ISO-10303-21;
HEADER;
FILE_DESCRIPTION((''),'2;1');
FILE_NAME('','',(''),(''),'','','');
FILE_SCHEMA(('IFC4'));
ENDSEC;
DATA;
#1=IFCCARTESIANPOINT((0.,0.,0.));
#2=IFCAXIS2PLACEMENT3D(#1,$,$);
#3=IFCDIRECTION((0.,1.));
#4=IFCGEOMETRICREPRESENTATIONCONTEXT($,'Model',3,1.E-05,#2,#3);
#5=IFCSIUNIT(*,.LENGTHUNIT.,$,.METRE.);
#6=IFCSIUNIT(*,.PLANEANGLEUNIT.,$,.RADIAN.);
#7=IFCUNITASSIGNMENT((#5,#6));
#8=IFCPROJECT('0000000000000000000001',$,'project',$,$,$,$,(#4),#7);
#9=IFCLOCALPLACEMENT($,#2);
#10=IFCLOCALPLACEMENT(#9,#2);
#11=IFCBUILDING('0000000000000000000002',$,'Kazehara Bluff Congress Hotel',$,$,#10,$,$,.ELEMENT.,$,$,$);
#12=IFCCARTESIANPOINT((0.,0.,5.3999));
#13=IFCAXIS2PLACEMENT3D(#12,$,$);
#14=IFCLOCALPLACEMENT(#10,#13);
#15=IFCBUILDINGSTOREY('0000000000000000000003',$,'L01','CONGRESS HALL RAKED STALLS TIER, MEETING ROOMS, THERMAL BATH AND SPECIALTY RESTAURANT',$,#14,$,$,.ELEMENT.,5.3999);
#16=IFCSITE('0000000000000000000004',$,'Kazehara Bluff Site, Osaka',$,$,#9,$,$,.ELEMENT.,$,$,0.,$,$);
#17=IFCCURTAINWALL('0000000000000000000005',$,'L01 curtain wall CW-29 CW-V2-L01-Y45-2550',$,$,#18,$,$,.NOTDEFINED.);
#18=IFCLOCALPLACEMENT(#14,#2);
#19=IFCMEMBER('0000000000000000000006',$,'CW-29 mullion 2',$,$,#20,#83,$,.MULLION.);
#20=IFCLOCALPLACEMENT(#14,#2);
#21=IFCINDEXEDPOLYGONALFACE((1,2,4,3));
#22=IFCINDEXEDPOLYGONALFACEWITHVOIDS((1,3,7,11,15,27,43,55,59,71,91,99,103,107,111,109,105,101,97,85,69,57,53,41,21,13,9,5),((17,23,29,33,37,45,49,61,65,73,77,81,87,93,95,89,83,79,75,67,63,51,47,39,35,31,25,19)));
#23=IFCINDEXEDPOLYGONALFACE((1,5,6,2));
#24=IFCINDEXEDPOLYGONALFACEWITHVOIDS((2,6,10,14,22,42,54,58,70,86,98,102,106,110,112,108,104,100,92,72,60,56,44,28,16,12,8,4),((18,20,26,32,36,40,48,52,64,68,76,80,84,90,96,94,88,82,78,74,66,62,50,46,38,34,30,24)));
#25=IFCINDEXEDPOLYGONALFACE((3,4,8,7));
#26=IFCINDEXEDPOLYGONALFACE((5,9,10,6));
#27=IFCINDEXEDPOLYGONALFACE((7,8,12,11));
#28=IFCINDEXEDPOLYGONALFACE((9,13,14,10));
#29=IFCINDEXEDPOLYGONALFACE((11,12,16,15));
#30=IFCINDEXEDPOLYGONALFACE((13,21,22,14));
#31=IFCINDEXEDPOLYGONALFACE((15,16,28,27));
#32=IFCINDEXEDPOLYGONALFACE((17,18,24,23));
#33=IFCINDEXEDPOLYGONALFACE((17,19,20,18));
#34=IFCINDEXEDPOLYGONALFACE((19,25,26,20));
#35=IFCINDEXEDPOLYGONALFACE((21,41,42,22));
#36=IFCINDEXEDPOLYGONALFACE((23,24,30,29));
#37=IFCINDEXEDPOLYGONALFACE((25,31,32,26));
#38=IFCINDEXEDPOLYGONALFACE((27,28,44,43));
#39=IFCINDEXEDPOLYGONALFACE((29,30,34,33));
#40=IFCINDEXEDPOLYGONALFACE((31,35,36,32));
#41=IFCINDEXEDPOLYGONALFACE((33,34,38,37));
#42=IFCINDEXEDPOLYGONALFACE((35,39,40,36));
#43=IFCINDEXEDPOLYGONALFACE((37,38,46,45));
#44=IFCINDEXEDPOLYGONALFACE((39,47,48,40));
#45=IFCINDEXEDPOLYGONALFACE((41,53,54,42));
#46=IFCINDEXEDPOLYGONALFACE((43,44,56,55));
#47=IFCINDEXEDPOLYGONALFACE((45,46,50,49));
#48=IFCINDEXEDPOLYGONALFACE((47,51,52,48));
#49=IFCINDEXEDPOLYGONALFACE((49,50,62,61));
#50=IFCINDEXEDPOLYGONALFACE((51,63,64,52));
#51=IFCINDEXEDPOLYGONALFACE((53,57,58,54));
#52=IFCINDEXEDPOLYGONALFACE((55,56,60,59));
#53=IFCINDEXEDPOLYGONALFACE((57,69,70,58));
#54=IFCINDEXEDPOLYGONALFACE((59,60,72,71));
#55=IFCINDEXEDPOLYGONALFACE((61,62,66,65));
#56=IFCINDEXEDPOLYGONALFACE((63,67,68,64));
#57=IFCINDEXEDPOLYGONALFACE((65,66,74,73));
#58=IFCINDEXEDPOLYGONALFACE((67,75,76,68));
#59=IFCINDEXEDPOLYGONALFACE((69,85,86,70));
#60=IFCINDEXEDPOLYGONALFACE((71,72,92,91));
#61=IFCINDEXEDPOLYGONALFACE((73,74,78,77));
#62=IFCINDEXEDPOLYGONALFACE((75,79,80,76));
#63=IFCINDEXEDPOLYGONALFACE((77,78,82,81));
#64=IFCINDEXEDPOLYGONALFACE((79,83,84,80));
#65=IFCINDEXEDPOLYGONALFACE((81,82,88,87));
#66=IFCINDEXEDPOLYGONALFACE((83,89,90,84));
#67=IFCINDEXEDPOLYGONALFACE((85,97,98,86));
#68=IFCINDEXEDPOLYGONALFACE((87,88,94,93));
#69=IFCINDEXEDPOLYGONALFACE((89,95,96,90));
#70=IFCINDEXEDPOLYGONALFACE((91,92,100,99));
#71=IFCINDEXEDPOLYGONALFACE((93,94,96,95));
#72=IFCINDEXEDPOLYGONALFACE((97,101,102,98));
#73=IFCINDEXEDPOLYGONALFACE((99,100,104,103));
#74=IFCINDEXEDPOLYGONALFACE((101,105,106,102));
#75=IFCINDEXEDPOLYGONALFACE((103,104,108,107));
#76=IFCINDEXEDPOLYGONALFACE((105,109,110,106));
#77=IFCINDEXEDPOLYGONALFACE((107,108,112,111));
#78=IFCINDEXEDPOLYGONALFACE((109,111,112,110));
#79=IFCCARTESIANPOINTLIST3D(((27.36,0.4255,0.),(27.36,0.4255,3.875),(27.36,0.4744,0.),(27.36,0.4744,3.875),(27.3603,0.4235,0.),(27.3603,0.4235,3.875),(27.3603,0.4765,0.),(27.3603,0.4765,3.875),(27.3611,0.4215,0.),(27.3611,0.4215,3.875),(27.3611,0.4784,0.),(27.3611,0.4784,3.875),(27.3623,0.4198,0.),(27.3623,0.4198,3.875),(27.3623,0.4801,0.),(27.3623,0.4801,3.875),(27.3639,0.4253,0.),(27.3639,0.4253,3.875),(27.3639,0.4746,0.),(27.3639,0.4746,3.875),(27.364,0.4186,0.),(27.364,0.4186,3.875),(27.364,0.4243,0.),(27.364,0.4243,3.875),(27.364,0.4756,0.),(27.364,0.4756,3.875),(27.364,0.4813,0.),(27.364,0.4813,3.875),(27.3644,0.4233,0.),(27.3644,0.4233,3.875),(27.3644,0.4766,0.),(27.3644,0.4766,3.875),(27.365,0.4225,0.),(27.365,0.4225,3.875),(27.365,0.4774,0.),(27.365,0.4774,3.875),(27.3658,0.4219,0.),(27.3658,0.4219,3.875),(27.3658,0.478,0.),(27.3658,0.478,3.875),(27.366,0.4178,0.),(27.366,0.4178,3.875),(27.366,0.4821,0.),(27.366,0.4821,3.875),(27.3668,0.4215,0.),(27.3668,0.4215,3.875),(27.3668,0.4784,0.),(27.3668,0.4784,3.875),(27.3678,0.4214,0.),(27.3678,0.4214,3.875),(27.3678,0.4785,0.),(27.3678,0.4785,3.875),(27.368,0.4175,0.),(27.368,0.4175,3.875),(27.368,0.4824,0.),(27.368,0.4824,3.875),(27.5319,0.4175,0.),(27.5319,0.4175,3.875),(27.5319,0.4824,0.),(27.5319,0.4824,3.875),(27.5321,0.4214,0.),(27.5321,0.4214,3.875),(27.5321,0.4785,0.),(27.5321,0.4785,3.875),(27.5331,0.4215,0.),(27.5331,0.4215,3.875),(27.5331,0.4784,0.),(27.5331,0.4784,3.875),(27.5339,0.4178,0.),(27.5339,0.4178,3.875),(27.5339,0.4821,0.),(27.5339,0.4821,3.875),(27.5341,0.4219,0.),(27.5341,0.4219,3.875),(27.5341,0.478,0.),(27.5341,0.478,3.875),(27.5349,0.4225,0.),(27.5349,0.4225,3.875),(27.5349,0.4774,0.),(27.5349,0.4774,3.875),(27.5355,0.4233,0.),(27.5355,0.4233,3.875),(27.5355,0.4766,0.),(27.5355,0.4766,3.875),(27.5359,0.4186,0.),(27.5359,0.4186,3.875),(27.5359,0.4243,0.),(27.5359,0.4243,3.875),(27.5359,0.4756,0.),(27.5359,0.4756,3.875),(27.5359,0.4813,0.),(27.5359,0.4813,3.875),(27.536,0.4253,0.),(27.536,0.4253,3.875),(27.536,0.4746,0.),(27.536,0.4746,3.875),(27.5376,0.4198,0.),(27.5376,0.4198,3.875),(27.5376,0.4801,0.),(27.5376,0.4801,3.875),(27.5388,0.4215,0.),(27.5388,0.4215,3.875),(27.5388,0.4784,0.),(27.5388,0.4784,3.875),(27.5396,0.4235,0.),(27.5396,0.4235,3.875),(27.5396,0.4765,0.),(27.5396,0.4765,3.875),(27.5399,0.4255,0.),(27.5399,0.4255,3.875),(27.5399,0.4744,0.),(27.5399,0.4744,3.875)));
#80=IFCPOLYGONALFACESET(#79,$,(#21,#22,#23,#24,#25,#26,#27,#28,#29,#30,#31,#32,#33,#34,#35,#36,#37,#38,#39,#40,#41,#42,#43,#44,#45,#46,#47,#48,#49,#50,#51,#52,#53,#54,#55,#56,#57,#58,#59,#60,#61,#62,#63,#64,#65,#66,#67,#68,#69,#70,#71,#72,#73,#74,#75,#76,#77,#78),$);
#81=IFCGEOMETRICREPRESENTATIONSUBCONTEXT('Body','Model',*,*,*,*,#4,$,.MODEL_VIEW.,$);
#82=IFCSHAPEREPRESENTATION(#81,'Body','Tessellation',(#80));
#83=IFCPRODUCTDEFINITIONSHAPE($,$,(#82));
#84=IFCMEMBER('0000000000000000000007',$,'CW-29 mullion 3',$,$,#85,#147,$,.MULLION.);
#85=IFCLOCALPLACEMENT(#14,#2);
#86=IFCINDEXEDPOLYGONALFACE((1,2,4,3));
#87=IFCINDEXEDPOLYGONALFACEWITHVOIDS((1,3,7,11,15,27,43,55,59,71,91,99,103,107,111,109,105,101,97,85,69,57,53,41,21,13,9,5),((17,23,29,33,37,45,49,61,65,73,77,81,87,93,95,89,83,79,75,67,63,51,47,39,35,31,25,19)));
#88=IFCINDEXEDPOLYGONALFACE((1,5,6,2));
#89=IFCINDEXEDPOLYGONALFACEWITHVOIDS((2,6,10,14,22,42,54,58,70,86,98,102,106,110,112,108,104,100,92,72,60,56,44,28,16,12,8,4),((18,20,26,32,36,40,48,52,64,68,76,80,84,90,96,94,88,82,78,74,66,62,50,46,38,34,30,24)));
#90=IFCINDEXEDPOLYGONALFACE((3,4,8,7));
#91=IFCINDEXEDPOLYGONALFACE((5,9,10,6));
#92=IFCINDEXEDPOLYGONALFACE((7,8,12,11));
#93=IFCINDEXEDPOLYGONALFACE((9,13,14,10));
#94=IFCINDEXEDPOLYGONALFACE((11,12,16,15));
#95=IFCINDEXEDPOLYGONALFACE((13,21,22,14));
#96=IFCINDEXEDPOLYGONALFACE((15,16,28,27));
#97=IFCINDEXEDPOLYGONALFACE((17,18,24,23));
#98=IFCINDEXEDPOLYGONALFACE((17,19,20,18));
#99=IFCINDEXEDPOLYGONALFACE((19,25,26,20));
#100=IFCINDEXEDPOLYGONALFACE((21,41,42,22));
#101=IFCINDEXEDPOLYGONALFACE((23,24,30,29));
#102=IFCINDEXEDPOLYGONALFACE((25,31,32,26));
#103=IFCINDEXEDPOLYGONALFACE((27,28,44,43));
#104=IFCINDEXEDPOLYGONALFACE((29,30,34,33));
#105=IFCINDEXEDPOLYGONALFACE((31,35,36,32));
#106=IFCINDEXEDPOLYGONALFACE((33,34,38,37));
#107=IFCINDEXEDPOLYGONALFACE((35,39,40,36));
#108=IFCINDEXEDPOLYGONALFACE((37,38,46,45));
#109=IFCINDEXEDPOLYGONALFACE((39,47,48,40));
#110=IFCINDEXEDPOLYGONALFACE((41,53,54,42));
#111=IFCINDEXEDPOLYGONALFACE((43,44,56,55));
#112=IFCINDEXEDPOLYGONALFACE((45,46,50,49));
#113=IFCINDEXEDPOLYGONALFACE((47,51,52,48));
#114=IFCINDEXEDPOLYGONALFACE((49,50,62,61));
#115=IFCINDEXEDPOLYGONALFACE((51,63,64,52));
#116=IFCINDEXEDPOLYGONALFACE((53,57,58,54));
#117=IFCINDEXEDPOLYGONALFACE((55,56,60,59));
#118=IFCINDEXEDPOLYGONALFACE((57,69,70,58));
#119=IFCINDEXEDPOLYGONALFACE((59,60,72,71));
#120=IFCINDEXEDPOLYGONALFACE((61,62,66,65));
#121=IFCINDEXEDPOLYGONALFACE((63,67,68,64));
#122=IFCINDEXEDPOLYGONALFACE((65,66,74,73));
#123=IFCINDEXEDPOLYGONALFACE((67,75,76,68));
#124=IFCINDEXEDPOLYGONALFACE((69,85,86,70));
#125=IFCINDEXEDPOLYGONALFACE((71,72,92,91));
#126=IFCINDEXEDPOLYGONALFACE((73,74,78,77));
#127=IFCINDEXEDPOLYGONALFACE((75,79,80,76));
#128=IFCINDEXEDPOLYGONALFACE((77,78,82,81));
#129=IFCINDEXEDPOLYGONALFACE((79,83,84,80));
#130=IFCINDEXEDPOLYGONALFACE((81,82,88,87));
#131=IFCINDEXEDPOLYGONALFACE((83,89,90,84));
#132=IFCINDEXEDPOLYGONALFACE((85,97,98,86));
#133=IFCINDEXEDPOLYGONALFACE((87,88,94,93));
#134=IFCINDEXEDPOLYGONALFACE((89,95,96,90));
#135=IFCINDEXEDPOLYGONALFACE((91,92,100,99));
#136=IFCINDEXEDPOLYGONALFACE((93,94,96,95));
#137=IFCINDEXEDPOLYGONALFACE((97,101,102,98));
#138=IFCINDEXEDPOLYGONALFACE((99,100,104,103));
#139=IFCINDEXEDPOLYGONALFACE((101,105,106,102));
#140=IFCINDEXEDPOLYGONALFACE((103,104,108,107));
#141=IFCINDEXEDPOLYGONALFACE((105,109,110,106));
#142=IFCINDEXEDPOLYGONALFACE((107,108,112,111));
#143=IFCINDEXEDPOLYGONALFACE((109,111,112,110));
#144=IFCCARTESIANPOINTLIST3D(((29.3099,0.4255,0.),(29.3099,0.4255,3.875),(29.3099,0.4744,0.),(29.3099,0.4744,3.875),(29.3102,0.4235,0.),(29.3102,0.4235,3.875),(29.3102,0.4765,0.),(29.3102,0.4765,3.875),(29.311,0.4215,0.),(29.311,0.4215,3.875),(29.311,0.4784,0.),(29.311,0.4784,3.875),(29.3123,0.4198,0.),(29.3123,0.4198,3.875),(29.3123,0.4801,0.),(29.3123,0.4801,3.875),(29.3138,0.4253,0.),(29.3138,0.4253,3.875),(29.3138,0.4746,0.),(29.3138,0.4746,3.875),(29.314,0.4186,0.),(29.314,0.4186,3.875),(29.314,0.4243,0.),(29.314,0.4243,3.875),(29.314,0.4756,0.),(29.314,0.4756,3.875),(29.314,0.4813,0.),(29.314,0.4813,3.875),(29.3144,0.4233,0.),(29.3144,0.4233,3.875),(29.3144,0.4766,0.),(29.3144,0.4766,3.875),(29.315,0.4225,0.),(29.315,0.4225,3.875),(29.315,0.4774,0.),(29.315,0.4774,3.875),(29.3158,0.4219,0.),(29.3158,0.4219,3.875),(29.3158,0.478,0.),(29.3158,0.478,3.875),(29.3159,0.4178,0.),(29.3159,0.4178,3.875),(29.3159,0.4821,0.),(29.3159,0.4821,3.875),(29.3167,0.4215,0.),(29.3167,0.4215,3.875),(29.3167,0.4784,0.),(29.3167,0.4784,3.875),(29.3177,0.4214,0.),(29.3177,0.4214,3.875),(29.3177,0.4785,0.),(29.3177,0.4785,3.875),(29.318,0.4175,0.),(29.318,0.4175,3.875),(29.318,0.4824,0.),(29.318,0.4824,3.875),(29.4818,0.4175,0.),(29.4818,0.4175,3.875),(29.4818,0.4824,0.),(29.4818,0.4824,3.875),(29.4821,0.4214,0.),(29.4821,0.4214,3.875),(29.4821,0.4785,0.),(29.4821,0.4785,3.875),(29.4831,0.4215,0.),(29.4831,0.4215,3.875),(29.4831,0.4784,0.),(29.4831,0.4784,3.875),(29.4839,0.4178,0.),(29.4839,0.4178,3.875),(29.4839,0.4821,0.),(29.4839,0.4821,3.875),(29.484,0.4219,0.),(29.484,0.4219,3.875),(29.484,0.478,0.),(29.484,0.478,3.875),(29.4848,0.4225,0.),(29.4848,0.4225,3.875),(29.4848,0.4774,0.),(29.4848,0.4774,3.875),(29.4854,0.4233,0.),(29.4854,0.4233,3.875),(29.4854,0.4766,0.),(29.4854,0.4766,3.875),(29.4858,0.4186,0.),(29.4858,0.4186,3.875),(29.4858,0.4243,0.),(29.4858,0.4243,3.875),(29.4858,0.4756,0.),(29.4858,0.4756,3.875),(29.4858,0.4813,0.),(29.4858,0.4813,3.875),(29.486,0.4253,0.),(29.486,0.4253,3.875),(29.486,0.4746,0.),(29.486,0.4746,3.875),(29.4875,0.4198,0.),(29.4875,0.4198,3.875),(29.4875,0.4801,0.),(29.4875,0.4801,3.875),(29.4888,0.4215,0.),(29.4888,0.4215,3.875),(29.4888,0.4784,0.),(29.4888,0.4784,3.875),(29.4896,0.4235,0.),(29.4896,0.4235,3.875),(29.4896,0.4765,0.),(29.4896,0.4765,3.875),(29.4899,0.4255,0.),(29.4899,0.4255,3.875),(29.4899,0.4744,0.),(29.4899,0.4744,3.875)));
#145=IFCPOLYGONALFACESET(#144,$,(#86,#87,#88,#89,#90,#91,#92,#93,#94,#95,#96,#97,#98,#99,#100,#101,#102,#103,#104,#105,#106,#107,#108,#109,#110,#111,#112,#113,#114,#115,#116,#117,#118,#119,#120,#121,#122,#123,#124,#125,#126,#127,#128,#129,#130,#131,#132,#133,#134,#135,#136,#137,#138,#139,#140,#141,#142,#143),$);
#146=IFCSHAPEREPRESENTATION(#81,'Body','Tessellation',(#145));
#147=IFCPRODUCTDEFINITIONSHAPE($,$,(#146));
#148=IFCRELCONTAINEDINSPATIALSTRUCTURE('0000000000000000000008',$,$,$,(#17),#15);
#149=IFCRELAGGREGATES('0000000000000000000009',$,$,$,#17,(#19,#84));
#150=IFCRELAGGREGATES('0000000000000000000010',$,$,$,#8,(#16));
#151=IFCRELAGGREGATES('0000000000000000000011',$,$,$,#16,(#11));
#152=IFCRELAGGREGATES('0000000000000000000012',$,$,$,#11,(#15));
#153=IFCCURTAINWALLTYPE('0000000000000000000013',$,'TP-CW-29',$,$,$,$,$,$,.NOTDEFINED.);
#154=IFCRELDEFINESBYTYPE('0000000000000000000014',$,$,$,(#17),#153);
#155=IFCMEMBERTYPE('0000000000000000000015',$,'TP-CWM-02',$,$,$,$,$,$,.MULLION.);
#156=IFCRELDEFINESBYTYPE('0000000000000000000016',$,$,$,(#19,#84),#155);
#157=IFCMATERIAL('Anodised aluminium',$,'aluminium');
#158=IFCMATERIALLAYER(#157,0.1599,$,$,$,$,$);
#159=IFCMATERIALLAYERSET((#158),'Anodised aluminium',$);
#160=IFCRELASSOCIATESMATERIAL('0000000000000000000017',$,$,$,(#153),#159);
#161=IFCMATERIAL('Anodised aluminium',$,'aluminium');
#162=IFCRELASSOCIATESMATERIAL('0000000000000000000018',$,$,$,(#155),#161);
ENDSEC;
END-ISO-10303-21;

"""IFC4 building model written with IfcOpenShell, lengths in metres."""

from ifc_helpers import new_model, si_unit, direction, frame, origin, origin_2d, place, context, subcontext, project, spatial, hollow_rectangle, extrude, material, layer, layer_set, material_profile, profile_set, type_object, element, aggregate, save


model = new_model("IFC4")

# Units and contexts
model_context = context("Model", 3, precision=1e-05, world=origin(), true_north=direction((0.0, 1.0)))
body_context = subcontext(model_context, "Body", "Model", "MODEL_VIEW")
ifc_project = project(units=[si_unit("LENGTHUNIT", "METRE"), si_unit("PLANEANGLEUNIT", "RADIAN")], contexts=[model_context])

# Site, building, storey
site_placement = place(None, origin())
site = spatial("IfcSite", under=ifc_project, at=site_placement, Name="Kazehara Bluff Site, Osaka", CompositionType="ELEMENT", RefElevation=0.0)
building_placement = place(site_placement, origin())
building = spatial("IfcBuilding", under=site, at=building_placement, Name="Kazehara Bluff Congress Hotel", CompositionType="ELEMENT")
storey_placement = place(building_placement, frame((0.0, 0.0, 5.3999)))
storey = spatial("IfcBuildingStorey", under=building, at=storey_placement, Name="L01", Description="CONGRESS HALL RAKED STALLS TIER, MEETING ROOMS, THERMAL BATH AND SPECIALTY RESTAURANT", CompositionType="ELEMENT", Elevation=5.3999)

# Curtain wall, members
ifc_material_1 = material(Name="Anodised aluminium", Category="aluminium")
ifc_layer_1 = layer(ifc_material_1, 0.1599)
ifc_layer_set_1 = layer_set([ifc_layer_1], Name="Anodised aluminium")
curtain_wall_type = type_object("IfcCurtainWallType", Name="TP-CW-29", PredefinedType="NOTDEFINED", material=ifc_layer_set_1)
curtain_wall_placement = place(storey_placement, origin())
curtain_wall = element("IfcCurtainWall", 1, at=curtain_wall_placement, inside=storey, type_object=curtain_wall_type, Name="L01 curtain wall CW-29 CW-V2-L01-Y45-2550", PredefinedType="NOTDEFINED")
ifc_material_2 = material(Name="Anodised aluminium", Category="aluminium")
ifc_material_profile_1 = material_profile(ifc_material_2, hollow_rectangle(XDim=0.0649, YDim=0.1799, WallThickness=0.0039, InnerFilletRadius=0.0039, OuterFilletRadius=0.0081, at=origin_2d()))
ifc_profile_set_1 = profile_set([ifc_material_profile_1], Name="Anodised aluminium")
member_type_1 = type_object("IfcMemberType", Name="TP-CWM-02", PredefinedType="MULLION", material=ifc_profile_set_1)
member_1_placement = place(storey_placement, frame((27.45, 0.45, 0.0), z_axis=(0.0, 0.0, 1.0), x_axis=(0.0, 1.0, 0.0)))
member_1 = element("IfcMember", 2, at=member_1_placement, type_object=member_type_1, Name="CW-29 mullion 2", PredefinedType="MULLION", context=body_context, shape_type="SweptSolid", body=[
    extrude(hollow_rectangle(XDim=0.0649, YDim=0.1799, WallThickness=0.0039, InnerFilletRadius=0.0039, OuterFilletRadius=0.0081, at=origin_2d()), origin(), (0.0, 0.0, 1.0), 3.875),
])
member_2_placement = place(storey_placement, frame((29.3999, 0.45, 0.0), z_axis=(0.0, 0.0, 1.0), x_axis=(0.0, 1.0, 0.0)))
member_2 = element("IfcMember", 3, at=member_2_placement, type_object=member_type_1, Name="CW-29 mullion 3", PredefinedType="MULLION", context=body_context, shape_type="SweptSolid", body=[
    extrude(hollow_rectangle(XDim=0.0649, YDim=0.1799, WallThickness=0.0039, InnerFilletRadius=0.0039, OuterFilletRadius=0.0081, at=origin_2d()), origin(), (0.0, 0.0, 1.0), 3.875),
])
aggregate(curtain_wall, [member_1, member_2])

save(model, "model.ifc")
